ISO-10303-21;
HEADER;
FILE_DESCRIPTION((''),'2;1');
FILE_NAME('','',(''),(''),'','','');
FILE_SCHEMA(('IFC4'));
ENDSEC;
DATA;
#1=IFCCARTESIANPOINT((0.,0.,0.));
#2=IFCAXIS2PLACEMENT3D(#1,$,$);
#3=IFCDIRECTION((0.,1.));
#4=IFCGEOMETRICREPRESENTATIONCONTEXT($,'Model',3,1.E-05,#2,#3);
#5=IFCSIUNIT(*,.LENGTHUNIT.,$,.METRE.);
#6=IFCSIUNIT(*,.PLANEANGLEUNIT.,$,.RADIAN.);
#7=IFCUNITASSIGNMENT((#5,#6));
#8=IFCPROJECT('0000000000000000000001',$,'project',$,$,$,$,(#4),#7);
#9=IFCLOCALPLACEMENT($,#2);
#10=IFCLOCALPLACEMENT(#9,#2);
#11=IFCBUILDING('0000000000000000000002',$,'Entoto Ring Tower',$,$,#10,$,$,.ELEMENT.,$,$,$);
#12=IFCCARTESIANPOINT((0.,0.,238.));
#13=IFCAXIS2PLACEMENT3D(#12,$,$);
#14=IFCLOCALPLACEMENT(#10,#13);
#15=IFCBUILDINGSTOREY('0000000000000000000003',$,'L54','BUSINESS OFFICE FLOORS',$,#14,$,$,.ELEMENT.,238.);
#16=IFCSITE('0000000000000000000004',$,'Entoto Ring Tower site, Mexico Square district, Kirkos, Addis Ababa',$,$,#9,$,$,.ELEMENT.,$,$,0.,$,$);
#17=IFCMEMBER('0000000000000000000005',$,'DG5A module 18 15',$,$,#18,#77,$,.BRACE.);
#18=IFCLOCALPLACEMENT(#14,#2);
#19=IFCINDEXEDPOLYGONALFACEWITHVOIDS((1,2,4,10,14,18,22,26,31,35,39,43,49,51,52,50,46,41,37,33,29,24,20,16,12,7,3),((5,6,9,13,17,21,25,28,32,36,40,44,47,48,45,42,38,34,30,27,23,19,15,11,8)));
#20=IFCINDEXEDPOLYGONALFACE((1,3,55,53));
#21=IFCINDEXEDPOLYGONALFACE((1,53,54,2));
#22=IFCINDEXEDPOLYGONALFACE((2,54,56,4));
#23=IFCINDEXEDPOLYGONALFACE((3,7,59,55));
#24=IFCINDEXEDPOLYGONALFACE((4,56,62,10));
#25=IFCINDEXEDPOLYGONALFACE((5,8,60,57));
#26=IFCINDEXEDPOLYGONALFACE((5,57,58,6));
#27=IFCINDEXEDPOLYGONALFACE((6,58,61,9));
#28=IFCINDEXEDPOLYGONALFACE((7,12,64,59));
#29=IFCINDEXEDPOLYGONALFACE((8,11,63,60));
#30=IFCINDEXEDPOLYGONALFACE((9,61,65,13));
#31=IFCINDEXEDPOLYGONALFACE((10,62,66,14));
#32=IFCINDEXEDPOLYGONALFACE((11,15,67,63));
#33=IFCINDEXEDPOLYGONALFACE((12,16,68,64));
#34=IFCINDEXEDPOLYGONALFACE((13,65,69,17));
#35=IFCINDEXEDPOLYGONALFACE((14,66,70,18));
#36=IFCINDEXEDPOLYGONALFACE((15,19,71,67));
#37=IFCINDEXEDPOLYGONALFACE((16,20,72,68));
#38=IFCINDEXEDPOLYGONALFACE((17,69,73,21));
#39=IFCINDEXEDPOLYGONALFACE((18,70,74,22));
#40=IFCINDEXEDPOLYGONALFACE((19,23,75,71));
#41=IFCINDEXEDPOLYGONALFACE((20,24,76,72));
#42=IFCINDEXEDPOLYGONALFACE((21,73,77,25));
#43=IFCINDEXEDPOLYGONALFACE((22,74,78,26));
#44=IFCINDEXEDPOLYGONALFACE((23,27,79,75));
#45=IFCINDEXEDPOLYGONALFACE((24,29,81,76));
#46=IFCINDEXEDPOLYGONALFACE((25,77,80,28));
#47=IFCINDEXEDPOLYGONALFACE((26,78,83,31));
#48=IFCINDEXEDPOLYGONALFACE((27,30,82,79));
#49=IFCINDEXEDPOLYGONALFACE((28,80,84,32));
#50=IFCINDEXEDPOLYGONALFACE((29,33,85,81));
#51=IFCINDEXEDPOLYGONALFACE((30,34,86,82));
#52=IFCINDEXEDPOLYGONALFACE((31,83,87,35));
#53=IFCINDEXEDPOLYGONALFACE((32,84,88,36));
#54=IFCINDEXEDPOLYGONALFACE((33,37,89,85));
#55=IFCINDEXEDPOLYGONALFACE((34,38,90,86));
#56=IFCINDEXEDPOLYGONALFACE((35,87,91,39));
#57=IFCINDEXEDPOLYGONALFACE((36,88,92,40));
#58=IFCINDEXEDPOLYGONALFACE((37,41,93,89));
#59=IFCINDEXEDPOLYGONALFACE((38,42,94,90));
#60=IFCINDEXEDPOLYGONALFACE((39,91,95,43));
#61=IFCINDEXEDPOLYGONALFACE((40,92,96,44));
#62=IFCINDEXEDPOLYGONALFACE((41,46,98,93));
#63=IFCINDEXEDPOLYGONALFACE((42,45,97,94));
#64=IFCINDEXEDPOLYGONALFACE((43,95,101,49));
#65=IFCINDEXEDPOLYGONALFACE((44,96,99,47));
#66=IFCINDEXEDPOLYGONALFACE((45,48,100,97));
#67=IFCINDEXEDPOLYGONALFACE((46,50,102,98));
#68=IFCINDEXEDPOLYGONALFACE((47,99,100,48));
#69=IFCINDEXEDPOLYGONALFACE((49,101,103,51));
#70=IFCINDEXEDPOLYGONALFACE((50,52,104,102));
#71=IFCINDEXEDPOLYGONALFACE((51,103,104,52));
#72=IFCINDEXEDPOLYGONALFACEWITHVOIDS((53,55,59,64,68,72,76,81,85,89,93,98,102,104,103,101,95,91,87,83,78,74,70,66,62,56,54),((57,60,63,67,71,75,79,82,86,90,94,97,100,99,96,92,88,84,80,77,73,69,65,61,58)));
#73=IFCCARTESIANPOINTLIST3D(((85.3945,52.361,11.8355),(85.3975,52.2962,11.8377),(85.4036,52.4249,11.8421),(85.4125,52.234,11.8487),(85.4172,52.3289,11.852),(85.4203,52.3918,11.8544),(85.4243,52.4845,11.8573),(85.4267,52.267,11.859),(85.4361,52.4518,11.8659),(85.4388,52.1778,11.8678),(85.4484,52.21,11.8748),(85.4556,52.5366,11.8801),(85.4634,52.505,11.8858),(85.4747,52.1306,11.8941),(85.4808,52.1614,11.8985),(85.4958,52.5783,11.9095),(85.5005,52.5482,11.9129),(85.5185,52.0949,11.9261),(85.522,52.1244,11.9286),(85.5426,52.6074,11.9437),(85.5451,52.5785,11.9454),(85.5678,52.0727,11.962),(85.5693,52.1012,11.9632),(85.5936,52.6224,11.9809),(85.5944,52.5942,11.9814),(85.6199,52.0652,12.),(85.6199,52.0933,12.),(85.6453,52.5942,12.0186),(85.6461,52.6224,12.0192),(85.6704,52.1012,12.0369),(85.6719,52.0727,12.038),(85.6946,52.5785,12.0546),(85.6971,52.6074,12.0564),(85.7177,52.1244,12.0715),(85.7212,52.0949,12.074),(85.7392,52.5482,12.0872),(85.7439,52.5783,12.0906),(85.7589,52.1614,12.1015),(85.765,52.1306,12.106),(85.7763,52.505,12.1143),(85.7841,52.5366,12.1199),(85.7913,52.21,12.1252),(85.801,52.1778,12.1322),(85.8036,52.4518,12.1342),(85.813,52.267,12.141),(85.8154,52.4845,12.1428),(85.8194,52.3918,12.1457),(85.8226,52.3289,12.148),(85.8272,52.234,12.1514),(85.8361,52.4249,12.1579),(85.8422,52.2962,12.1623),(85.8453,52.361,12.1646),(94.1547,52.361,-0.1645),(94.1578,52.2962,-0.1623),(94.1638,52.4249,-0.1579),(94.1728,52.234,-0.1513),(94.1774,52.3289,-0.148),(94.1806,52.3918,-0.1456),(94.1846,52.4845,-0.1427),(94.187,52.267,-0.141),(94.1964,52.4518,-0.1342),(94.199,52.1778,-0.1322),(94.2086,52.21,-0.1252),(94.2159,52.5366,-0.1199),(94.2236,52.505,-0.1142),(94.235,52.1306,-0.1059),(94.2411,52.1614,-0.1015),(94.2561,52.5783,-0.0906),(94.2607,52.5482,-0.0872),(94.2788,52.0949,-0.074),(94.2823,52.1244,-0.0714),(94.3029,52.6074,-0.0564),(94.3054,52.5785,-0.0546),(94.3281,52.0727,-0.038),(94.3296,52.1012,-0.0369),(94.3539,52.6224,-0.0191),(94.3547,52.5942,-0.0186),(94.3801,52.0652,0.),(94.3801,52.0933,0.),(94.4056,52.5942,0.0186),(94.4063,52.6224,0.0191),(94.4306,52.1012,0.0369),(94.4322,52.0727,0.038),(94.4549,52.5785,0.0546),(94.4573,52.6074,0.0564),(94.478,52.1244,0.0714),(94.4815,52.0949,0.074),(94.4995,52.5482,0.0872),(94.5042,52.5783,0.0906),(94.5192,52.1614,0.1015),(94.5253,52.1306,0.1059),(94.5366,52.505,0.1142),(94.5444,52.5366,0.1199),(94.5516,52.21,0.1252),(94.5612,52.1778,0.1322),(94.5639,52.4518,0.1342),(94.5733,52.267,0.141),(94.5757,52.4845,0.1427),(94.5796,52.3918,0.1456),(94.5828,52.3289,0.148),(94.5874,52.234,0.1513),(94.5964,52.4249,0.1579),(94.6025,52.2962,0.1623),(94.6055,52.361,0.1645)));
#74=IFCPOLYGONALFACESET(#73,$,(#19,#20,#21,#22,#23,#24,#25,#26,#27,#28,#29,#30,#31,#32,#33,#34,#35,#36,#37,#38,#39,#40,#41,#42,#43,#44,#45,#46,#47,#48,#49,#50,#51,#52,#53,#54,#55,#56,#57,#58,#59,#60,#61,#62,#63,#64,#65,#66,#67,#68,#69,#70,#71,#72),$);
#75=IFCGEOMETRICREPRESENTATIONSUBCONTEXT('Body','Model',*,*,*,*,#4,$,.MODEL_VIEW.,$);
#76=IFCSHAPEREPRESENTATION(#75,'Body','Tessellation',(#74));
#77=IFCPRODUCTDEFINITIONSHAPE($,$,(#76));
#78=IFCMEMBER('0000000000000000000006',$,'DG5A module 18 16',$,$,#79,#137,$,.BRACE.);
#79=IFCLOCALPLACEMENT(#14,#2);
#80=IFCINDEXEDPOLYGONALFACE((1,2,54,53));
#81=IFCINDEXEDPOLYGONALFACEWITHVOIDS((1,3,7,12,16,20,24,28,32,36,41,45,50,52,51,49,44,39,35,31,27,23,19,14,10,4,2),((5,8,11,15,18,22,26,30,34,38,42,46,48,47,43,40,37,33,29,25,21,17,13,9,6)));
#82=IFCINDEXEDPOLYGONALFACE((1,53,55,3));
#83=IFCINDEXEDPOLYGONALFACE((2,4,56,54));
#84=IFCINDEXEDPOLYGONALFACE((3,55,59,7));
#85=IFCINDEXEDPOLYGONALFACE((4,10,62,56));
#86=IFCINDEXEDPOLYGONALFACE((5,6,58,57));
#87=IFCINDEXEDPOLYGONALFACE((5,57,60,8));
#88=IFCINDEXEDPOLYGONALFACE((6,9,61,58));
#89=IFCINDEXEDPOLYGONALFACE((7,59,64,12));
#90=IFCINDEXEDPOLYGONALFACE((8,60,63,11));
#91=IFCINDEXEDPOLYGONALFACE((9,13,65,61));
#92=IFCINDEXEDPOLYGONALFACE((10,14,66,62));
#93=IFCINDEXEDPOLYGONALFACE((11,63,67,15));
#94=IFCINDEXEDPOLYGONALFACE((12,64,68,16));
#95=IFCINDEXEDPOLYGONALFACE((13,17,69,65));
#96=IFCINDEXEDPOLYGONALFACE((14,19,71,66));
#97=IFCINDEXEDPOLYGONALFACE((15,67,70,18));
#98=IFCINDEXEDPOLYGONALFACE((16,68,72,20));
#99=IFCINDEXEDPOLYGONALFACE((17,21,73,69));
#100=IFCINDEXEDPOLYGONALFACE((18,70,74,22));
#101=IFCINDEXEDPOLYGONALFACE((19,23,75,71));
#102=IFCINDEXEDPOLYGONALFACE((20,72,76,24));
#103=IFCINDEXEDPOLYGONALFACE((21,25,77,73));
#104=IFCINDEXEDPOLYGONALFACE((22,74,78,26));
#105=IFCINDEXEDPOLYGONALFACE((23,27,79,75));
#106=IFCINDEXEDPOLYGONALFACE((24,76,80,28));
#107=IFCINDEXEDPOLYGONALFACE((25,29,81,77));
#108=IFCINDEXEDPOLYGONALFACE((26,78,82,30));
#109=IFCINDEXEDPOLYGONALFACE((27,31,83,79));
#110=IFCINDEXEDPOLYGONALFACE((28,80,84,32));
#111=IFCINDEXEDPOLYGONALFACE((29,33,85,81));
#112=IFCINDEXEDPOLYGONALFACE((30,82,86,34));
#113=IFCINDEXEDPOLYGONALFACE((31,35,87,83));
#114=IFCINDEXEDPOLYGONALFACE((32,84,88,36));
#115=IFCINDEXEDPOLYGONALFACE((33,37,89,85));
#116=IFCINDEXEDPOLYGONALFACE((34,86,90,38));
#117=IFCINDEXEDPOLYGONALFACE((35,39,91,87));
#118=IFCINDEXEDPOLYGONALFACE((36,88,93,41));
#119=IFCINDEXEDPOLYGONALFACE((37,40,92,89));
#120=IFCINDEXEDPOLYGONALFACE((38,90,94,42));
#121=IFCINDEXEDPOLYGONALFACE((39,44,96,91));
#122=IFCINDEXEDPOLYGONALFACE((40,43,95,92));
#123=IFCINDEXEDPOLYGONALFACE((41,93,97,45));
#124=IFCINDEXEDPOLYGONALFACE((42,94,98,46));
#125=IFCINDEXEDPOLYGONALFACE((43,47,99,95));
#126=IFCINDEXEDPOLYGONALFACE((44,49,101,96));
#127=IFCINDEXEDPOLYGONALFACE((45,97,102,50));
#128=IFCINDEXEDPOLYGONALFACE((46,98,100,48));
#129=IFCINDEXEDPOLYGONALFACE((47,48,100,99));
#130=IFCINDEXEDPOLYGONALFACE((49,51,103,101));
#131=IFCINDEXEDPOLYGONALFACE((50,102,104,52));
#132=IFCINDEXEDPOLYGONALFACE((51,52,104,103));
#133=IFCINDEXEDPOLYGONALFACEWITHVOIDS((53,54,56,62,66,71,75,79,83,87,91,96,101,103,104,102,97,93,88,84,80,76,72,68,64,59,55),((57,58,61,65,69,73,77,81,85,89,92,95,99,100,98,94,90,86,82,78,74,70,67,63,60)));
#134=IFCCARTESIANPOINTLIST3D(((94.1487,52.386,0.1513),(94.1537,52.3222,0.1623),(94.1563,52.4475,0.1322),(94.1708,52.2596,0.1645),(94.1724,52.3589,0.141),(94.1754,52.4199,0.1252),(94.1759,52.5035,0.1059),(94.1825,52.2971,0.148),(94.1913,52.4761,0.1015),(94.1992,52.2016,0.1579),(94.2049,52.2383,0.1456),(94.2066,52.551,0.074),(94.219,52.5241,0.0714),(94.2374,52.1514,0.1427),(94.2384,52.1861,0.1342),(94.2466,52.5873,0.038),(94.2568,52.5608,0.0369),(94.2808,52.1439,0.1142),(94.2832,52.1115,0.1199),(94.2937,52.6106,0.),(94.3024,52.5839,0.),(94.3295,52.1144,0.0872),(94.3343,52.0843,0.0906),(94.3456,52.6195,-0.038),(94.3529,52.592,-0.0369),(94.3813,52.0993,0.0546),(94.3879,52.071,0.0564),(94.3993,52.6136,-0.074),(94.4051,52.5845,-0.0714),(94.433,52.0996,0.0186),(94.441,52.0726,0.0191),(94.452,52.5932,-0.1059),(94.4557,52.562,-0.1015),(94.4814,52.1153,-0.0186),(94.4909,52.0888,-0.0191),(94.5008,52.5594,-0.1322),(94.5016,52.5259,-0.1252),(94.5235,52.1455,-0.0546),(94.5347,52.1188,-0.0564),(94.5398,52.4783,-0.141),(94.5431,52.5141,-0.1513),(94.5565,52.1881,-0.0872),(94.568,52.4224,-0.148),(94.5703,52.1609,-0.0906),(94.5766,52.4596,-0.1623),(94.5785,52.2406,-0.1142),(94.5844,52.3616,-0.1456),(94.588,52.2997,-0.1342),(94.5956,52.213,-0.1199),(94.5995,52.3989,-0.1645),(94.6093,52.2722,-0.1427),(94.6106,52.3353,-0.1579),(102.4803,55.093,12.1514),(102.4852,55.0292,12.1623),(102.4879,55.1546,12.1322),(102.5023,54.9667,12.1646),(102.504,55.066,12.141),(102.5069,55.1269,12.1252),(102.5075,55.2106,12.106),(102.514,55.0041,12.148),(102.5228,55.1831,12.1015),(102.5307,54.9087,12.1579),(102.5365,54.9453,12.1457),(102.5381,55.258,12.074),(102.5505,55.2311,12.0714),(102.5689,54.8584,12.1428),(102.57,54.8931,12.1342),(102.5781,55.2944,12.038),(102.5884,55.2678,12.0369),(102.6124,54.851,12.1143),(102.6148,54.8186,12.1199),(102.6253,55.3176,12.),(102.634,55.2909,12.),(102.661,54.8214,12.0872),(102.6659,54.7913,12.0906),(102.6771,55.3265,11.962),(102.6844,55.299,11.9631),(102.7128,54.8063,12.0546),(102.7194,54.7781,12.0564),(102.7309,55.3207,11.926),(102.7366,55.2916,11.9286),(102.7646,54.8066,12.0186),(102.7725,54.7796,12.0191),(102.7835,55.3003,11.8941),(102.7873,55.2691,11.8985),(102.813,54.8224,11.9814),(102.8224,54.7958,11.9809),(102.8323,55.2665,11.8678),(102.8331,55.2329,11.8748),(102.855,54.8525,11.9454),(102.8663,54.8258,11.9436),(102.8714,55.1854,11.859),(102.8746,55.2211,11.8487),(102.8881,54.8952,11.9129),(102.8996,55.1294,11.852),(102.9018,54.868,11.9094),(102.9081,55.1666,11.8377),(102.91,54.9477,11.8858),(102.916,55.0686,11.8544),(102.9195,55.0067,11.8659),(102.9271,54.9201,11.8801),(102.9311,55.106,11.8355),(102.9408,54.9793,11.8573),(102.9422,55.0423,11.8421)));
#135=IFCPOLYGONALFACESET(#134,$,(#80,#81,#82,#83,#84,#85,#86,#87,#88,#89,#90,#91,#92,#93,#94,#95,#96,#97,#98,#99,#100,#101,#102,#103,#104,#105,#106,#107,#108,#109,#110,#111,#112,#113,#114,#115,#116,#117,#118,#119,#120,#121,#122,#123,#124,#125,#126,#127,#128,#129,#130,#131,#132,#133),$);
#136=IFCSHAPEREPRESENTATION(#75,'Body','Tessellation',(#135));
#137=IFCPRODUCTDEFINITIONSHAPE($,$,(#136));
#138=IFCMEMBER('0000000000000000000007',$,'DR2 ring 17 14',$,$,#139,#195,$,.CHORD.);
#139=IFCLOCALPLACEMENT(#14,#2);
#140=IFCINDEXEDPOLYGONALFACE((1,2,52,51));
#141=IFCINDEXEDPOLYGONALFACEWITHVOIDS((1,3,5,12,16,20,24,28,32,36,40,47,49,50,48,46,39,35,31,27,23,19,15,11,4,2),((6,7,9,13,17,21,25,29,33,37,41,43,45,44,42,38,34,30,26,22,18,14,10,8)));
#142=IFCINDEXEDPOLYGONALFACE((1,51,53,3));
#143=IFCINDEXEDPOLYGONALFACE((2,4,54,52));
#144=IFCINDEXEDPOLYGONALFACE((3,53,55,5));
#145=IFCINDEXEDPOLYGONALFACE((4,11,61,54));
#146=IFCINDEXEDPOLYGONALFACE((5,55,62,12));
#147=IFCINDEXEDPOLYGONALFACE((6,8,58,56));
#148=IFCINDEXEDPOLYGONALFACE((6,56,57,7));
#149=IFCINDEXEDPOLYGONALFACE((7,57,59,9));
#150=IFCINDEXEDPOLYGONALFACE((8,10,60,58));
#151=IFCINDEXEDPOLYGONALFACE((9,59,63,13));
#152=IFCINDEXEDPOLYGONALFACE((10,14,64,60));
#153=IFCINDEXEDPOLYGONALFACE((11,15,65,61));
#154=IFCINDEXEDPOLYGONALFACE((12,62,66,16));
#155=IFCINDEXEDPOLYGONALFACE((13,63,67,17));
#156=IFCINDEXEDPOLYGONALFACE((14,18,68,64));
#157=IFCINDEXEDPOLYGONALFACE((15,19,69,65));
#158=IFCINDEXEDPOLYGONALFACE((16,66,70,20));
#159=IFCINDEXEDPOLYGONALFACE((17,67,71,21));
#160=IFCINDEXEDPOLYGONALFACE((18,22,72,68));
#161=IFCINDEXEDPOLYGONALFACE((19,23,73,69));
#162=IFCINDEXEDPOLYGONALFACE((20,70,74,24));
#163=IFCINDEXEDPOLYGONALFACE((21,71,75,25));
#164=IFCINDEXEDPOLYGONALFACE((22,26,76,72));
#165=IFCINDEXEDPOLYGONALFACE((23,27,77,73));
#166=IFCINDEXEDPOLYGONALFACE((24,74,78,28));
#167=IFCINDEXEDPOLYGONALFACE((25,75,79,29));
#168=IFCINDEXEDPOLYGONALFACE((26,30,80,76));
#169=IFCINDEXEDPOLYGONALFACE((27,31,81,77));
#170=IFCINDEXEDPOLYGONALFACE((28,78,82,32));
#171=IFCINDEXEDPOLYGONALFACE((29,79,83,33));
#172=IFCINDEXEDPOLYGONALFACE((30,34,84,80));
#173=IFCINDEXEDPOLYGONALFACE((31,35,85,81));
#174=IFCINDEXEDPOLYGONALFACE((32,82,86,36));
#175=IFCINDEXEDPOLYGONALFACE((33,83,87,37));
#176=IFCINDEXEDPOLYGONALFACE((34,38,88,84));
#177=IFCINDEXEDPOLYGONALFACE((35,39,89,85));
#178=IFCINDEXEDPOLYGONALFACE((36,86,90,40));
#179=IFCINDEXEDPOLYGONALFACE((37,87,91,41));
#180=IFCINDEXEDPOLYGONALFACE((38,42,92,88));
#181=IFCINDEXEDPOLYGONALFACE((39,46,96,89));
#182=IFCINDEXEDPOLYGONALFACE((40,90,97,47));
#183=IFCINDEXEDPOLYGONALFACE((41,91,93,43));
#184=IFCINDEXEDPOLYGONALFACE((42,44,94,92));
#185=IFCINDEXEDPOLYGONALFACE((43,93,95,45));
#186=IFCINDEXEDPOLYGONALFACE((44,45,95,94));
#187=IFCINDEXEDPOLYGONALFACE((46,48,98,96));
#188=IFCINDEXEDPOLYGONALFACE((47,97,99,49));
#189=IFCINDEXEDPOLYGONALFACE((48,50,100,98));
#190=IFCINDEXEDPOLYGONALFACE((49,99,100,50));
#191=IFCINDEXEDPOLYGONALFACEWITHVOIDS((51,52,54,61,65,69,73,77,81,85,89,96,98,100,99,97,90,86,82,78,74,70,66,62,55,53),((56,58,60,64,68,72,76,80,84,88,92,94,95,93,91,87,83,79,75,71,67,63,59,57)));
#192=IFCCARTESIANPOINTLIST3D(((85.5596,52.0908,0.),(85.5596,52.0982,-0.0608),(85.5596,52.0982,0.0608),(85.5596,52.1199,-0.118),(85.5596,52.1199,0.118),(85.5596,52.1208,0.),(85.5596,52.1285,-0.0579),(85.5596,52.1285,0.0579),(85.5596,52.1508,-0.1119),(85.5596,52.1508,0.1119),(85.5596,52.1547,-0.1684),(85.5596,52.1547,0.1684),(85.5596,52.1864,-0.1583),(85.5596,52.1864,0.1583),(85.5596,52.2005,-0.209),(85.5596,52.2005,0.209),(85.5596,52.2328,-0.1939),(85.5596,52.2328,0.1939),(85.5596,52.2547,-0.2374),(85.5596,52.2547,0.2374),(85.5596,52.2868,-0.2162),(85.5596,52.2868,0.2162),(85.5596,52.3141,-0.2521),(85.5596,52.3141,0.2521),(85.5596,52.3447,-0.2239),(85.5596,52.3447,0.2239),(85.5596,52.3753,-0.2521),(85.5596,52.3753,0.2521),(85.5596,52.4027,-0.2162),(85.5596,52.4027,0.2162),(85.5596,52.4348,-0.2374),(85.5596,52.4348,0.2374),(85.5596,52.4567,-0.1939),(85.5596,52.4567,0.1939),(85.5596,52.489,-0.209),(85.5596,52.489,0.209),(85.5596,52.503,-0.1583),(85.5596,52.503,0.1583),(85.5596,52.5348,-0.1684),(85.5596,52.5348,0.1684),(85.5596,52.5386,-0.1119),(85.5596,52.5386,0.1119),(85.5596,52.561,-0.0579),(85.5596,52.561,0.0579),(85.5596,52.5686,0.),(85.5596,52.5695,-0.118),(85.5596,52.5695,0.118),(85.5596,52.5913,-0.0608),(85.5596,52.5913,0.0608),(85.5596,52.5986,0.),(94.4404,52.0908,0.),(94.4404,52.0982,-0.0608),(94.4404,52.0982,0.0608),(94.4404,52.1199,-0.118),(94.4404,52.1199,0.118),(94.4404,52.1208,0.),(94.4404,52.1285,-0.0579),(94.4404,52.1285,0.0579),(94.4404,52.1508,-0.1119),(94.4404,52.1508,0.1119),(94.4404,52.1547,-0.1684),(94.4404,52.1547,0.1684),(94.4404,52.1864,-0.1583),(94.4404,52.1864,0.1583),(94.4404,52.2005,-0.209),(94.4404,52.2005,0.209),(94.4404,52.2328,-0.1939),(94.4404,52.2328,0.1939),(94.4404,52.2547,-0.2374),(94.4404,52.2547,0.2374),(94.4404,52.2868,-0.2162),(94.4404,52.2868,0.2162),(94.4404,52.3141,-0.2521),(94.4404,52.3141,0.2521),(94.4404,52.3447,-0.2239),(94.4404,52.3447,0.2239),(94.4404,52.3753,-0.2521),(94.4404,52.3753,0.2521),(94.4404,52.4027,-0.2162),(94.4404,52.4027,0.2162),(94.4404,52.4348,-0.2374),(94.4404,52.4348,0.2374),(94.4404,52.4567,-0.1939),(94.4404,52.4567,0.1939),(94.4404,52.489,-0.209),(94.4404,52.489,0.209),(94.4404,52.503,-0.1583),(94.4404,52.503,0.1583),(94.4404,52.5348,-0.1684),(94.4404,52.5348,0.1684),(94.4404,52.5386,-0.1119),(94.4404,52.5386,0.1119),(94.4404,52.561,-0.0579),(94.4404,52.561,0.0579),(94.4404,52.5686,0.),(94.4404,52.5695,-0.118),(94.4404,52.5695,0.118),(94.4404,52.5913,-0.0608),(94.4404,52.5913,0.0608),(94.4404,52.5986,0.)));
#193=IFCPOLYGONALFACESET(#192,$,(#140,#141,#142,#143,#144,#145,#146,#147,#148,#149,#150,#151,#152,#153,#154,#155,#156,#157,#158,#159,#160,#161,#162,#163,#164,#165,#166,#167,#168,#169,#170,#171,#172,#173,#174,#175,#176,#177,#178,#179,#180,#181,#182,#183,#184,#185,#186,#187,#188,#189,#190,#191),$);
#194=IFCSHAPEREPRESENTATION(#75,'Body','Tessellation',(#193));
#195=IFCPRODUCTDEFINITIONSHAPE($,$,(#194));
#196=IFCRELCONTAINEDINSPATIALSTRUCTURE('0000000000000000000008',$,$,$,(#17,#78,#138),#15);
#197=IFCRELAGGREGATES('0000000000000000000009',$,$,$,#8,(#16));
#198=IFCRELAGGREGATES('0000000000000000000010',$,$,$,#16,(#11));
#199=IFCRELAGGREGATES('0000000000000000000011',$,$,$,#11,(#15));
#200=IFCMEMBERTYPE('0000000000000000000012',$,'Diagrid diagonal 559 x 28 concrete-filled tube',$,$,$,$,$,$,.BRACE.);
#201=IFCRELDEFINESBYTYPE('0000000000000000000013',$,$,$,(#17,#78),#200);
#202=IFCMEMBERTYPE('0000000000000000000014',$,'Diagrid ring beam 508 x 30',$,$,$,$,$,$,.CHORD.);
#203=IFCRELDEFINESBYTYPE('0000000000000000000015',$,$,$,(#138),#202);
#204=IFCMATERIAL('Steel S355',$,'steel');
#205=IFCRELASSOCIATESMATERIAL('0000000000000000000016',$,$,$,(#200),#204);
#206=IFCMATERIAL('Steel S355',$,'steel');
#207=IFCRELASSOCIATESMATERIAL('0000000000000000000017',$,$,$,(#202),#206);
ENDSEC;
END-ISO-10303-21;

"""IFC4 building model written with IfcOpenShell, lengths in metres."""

from ifc_helpers import new_model, si_unit, direction, frame, origin, origin_2d, place, context, subcontext, project, spatial, circle, hollow_circle, extrude, material, material_profile, profile_set, type_object, element, save


model = new_model("IFC4")

# Units and contexts
model_context = context("Model", 3, precision=1e-05, world=origin(), true_north=direction((0.0, 1.0)))
body_context = subcontext(model_context, "Body", "Model", "MODEL_VIEW")
ifc_project = project(units=[si_unit("LENGTHUNIT", "METRE"), si_unit("PLANEANGLEUNIT", "RADIAN")], contexts=[model_context])

# Site, building, storey
site_placement = place(None, origin())
site = spatial("IfcSite", under=ifc_project, at=site_placement, Name="Entoto Ring Tower site, Mexico Square district, Kirkos, Addis Ababa", CompositionType="ELEMENT", RefElevation=0.0)
building_placement = place(site_placement, origin())
building = spatial("IfcBuilding", under=site, at=building_placement, Name="Entoto Ring Tower", CompositionType="ELEMENT")
storey_placement = place(building_placement, frame((0.0, 0.0, 238.0)))
storey = spatial("IfcBuildingStorey", under=building, at=storey_placement, Name="L54", Description="BUSINESS OFFICE FLOORS", CompositionType="ELEMENT", Elevation=238.0)

# Members
ifc_material_1 = material(Name="Steel S355", Category="steel")
ifc_material_profile_1 = material_profile(ifc_material_1, hollow_circle(Radius=0.2795, WallThickness=0.0281, at=origin_2d()), Name="CHS 559 x 28")
ifc_material_2 = material(Name="Concrete C60/75", Category="concrete")
ifc_material_profile_2 = material_profile(ifc_material_2, circle(Radius=0.2515, at=origin_2d()), Name="Concrete C60/75 infill")
ifc_profile_set_1 = profile_set([ifc_material_profile_1, ifc_material_profile_2], Name="Steel S355")
member_type_1 = type_object("IfcMemberType", Name="Diagrid diagonal 559 x 28 concrete-filled tube", PredefinedType="BRACE", material=ifc_profile_set_1)
for number, where, z_axis, x_axis, name in (
    (1, (94.3801, 52.3447, 0.0), (-0.589623, 0.0, 0.807679), (0.0, -1.0, 0.0), "DG5A module 18 15"),
    (2, (94.3801, 52.3447, 0.0), (0.560767, 0.182201, 0.807678), (-0.309012, 0.951058, 0.0), "DG5A module 18 16"),
):
    element("IfcMember", number, at=place(storey_placement, frame(where, z_axis=z_axis, x_axis=x_axis)), inside=storey, type_object=member_type_1, Name=name, PredefinedType="BRACE", context=body_context, shape_type="SweptSolid", body=[
        extrude(hollow_circle(Radius=0.2795, WallThickness=0.0281, at=origin_2d()), origin(), (0.0, 0.0, 1.0), 14.8574),
    ])
ifc_material_3 = material(Name="Steel S355", Category="steel")
ifc_material_profile_3 = material_profile(ifc_material_3, hollow_circle(Radius=0.2539, WallThickness=0.03, at=origin_2d()), Name="CHS 508 x 30")
ifc_material_4 = material(Name="Concrete C60/75", Category="concrete")
ifc_material_profile_4 = material_profile(ifc_material_4, circle(Radius=0.2241, at=origin_2d()), Name="Concrete C60/75 infill")
ifc_profile_set_2 = profile_set([ifc_material_profile_3, ifc_material_profile_4], Name="Steel S355")
member_type_2 = type_object("IfcMemberType", Name="Diagrid ring beam 508 x 30", PredefinedType="CHORD", material=ifc_profile_set_2)
member_1_placement = place(storey_placement, frame((85.5596, 52.3447, 0.0), z_axis=(1.0, 0.0, 0.0), x_axis=(0.0, 1.0, 0.0)))
element("IfcMember", 3, at=member_1_placement, inside=storey, type_object=member_type_2, Name="DR2 ring 17 14", PredefinedType="CHORD", context=body_context, shape_type="SweptSolid", body=[
    extrude(hollow_circle(Radius=0.2539, WallThickness=0.03, at=origin_2d()), origin(), (0.0, 0.0, 1.0), 8.8809),
])

save(model, "model.ifc")
